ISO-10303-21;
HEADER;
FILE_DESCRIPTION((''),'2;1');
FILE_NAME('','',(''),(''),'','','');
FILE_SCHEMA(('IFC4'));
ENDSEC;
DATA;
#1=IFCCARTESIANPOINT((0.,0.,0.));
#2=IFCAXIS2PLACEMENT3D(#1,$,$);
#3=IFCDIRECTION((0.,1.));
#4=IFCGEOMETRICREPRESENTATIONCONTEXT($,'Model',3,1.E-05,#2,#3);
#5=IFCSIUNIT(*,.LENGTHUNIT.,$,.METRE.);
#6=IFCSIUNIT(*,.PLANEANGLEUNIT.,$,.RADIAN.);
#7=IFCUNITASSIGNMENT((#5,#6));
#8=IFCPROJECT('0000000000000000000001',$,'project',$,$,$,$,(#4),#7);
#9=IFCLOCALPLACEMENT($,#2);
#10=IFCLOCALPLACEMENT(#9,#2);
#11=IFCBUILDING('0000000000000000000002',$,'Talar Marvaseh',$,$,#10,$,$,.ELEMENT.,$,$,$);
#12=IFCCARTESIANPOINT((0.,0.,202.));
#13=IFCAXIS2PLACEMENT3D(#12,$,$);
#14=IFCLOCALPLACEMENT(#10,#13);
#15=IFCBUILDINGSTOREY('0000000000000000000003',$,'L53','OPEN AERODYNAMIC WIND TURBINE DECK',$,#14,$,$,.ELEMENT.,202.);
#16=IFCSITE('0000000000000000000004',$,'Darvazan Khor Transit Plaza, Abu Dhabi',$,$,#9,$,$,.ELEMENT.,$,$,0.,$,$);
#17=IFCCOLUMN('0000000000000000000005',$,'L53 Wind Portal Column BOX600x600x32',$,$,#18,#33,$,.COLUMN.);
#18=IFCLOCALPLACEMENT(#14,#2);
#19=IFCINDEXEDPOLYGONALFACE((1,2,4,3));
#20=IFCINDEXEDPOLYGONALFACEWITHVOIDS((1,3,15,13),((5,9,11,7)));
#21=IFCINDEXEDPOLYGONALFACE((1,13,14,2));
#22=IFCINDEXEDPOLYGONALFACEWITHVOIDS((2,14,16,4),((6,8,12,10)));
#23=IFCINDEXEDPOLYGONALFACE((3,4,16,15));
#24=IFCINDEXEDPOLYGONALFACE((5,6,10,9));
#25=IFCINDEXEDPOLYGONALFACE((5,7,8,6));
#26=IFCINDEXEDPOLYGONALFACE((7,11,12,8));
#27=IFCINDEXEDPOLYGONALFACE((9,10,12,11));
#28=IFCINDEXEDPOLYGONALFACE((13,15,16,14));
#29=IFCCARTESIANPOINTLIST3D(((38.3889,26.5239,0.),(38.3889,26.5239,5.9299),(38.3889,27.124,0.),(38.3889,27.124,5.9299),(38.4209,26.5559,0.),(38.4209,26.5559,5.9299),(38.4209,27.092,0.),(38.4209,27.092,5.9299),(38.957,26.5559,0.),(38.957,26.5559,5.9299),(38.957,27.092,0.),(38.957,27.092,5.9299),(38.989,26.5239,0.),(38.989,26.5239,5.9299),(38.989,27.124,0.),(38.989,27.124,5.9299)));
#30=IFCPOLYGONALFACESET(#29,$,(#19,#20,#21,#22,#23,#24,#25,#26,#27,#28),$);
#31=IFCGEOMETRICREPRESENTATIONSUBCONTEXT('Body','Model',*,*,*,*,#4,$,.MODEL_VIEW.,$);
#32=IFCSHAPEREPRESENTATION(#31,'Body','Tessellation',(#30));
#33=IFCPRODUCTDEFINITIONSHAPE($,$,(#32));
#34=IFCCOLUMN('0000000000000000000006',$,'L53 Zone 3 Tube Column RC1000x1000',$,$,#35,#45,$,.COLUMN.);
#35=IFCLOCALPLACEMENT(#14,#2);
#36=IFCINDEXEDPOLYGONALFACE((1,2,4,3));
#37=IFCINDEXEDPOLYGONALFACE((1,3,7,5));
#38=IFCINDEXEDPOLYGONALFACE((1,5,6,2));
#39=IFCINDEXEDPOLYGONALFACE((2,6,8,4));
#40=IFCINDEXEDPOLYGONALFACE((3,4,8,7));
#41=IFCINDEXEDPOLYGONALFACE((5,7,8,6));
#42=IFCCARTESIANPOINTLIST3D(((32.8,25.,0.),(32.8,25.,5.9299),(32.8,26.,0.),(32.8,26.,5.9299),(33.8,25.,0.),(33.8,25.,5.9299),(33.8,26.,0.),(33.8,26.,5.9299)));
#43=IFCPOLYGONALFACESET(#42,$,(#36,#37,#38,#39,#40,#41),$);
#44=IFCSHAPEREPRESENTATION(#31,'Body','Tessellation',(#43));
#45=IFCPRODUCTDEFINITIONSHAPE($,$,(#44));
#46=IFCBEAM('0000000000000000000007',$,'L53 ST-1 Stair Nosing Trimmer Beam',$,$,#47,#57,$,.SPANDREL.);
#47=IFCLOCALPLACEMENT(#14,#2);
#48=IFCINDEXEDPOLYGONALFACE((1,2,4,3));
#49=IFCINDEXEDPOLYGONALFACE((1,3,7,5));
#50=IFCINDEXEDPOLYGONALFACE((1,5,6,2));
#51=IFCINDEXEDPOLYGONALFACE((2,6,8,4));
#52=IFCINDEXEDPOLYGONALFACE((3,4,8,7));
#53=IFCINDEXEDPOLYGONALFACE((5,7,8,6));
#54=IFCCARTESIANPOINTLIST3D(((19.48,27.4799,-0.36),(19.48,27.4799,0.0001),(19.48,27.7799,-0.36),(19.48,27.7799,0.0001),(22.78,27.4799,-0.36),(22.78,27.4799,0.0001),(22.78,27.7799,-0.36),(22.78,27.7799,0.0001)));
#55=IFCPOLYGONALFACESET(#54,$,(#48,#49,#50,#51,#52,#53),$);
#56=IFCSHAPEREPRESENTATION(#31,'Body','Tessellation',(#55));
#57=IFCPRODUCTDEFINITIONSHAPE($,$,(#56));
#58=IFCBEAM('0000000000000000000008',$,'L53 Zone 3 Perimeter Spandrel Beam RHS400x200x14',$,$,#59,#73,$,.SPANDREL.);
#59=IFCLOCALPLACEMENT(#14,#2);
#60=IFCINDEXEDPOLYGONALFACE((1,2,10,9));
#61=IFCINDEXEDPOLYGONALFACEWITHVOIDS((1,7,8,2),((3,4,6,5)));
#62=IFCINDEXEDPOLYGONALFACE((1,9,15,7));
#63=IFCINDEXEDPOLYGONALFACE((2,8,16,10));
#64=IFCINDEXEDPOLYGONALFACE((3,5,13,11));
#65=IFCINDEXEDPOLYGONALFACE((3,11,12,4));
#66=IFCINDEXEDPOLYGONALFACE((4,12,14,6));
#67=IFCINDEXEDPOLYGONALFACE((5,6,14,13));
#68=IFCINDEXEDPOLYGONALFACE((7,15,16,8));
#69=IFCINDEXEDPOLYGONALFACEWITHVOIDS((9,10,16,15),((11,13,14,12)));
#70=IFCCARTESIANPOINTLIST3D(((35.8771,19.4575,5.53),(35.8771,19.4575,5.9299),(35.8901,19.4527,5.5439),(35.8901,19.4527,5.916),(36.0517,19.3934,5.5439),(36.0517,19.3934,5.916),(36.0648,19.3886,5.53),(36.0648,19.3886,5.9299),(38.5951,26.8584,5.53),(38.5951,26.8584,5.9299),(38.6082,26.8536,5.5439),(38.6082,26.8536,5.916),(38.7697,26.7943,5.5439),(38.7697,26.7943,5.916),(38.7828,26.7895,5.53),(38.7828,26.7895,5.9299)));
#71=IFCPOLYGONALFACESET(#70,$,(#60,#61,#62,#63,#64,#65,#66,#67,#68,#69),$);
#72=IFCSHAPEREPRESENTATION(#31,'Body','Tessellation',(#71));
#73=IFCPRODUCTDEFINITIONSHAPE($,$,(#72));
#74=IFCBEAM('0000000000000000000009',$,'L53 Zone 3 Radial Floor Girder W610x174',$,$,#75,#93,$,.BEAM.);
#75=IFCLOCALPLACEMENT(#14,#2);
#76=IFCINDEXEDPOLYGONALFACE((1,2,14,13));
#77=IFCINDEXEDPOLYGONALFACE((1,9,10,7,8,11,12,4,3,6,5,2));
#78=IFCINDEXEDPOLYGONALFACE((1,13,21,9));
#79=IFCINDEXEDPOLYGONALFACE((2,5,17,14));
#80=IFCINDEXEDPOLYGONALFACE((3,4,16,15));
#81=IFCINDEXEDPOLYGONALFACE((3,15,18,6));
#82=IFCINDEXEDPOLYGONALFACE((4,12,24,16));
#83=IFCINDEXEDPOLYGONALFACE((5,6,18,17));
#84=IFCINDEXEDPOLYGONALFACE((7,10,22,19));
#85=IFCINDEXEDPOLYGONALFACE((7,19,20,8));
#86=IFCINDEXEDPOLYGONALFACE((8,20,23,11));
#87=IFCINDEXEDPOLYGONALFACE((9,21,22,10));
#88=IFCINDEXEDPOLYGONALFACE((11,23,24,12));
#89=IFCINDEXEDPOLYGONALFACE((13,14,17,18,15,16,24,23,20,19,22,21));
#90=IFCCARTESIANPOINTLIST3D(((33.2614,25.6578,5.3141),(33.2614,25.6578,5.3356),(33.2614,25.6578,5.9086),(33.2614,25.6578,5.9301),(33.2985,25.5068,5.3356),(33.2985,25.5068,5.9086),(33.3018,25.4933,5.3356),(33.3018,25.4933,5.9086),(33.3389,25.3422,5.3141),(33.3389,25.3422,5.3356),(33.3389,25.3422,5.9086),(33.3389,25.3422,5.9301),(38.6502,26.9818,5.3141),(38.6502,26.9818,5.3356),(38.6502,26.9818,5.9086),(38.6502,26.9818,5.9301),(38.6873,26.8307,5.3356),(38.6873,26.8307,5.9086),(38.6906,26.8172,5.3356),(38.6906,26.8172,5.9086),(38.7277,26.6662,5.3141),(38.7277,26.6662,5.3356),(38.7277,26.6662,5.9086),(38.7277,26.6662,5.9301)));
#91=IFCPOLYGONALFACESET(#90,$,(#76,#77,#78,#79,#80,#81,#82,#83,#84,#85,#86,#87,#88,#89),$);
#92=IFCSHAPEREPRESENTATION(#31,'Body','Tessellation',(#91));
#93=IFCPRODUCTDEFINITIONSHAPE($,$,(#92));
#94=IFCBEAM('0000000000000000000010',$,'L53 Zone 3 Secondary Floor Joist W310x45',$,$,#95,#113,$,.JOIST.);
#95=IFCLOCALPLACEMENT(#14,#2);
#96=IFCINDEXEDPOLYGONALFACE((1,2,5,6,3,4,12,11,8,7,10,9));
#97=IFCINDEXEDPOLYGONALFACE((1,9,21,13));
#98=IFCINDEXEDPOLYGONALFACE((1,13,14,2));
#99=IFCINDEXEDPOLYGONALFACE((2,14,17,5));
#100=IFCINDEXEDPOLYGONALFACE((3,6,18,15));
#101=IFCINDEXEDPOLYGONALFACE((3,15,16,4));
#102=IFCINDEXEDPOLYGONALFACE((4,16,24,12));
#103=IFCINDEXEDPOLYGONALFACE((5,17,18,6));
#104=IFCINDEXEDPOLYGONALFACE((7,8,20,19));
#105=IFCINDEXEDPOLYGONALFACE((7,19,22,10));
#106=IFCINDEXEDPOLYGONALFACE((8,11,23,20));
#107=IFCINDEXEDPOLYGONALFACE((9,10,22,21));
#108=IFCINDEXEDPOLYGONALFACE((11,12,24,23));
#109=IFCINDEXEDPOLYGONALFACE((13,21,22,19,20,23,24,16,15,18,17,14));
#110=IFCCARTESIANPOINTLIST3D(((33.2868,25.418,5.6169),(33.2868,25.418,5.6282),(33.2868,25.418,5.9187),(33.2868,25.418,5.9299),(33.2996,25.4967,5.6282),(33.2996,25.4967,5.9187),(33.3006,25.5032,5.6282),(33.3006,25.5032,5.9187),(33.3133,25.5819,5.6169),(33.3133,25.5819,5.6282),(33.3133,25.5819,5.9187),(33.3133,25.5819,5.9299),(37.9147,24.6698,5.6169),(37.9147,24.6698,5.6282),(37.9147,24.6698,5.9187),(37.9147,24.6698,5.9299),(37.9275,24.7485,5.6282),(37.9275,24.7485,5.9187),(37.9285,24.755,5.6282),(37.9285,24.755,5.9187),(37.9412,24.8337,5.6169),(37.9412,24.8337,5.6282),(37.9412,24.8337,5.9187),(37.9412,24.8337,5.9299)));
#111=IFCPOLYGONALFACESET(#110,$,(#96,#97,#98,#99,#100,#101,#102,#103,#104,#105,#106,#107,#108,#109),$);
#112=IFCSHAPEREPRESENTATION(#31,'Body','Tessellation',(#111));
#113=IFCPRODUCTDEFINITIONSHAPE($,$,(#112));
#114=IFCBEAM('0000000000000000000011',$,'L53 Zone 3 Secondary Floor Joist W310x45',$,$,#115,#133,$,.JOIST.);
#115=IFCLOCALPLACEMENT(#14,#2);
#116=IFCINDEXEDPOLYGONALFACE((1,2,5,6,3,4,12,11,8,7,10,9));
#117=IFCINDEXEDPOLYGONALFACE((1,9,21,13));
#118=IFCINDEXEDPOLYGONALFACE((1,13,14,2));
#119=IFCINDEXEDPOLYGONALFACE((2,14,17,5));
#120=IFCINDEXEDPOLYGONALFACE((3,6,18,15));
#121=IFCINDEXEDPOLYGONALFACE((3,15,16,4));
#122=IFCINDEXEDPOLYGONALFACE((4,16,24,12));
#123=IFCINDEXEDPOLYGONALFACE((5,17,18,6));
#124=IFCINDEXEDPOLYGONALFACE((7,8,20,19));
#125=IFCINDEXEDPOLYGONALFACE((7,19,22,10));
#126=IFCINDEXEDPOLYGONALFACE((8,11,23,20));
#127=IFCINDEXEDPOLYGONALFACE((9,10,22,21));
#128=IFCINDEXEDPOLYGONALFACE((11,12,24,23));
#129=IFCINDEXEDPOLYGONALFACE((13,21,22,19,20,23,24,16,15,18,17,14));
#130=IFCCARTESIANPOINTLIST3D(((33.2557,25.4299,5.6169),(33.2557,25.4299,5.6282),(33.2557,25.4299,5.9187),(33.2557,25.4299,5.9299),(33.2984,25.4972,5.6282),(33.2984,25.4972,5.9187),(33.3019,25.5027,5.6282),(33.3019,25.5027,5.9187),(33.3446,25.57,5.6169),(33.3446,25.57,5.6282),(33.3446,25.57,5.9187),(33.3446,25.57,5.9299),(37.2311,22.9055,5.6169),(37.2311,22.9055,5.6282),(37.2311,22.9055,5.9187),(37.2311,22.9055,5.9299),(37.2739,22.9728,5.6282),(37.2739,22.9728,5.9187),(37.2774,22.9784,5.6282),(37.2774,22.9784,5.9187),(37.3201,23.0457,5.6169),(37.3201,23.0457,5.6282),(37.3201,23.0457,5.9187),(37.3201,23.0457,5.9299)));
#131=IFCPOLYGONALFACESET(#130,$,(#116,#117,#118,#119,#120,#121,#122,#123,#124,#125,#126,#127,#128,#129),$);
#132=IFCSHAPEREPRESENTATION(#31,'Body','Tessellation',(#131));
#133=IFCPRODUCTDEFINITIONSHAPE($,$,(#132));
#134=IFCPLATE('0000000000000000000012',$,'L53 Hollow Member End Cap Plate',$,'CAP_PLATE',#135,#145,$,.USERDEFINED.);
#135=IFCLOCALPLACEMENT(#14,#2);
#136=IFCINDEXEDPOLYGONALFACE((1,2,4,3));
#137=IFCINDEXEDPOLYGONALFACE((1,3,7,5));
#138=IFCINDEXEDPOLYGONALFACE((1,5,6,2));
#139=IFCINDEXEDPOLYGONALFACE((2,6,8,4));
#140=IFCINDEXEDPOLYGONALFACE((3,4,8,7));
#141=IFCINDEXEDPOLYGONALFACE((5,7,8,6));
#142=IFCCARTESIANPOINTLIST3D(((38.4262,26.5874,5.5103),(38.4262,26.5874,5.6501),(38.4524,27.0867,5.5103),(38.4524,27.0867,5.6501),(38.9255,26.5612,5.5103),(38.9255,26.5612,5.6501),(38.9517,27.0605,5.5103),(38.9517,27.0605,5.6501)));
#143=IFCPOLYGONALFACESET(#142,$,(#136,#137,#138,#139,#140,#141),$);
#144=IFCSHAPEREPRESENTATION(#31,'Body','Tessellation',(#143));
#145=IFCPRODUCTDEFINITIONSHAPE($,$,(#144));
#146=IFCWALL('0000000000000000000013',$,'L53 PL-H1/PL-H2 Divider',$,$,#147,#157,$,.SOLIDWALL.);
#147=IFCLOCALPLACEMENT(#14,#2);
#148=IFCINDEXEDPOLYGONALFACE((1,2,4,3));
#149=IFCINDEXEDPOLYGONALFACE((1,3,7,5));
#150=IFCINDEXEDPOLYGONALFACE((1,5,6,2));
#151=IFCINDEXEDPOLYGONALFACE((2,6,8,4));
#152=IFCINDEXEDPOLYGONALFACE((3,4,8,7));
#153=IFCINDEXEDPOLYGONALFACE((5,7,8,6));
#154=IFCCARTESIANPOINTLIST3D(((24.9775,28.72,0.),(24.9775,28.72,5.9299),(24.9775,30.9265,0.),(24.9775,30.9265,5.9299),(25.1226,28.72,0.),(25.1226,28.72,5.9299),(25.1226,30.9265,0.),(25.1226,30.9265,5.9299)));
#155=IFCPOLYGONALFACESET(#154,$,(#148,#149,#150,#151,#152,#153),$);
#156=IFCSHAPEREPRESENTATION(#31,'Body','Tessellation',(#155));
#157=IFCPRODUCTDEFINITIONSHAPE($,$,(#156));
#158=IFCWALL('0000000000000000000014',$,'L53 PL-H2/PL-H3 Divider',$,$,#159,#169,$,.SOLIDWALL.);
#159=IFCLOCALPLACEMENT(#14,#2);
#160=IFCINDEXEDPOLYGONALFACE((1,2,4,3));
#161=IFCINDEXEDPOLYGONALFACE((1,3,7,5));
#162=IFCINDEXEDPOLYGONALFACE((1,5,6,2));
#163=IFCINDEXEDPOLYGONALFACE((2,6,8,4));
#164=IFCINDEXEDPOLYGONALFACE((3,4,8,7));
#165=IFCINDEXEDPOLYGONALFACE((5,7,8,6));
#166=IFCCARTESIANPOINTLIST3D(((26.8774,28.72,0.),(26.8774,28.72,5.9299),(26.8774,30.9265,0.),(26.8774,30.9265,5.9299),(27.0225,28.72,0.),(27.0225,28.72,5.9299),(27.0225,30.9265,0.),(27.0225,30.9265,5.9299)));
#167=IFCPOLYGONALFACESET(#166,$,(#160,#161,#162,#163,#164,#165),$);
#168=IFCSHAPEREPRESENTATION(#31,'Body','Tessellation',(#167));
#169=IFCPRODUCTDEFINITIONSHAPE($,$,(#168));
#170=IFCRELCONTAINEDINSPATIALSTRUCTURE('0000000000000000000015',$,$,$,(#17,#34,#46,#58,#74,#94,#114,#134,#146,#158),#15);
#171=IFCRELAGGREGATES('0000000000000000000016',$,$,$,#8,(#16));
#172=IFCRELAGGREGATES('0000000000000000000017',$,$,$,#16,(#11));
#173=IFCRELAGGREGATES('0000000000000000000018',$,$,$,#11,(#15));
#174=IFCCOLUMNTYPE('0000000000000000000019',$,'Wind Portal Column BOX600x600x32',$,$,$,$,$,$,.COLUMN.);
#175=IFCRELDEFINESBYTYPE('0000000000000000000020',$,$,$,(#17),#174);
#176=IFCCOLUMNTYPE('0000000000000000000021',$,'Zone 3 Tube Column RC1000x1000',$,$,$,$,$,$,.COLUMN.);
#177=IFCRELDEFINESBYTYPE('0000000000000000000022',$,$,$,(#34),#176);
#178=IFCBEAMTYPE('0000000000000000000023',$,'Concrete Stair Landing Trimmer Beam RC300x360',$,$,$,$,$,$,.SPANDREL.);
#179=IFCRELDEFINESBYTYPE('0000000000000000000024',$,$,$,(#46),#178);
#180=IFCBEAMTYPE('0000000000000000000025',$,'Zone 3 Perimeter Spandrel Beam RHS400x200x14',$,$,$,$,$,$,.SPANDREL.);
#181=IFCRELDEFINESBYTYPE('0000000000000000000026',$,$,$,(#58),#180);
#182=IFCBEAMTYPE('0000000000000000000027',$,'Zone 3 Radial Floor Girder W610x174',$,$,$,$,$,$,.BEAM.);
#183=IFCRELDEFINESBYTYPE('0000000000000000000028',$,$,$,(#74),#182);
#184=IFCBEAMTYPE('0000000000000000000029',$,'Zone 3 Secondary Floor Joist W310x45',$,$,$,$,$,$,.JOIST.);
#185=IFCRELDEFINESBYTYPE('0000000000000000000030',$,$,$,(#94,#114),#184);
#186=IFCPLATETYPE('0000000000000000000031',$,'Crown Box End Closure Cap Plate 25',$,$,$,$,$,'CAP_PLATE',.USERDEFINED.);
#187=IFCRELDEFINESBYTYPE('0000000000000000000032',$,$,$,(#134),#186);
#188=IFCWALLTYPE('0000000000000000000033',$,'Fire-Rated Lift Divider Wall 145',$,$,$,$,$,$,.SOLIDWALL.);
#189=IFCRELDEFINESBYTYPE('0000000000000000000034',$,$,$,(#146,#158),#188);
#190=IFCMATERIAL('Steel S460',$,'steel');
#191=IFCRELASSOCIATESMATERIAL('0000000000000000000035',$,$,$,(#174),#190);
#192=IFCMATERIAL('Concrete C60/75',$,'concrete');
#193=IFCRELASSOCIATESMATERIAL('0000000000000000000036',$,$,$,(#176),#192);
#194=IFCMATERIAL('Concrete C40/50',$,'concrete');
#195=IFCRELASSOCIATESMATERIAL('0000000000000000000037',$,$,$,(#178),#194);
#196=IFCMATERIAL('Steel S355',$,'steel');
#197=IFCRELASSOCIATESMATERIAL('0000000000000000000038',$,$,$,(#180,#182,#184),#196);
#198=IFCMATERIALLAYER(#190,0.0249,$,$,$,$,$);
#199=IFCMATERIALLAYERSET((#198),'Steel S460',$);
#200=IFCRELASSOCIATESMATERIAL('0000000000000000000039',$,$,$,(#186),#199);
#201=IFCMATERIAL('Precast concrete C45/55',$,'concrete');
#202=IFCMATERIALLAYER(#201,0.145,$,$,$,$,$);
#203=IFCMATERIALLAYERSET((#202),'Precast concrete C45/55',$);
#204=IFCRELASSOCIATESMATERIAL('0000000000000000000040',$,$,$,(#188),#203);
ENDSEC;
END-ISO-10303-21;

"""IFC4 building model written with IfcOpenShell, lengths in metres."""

from ifc_helpers import new_model, si_unit, direction, frame, frame_2d, origin, origin_2d, place, context, subcontext, project, spatial, rectangle, hollow_rectangle, i_section, extrude, source, transform, mapped, material, layer, layer_set, material_profile, profile_set, type_object, type_shapes, element, save


model = new_model("IFC4")

# Units and contexts
model_context = context("Model", 3, precision=1e-05, world=origin(), true_north=direction((0.0, 1.0)))
body_context = subcontext(model_context, "Body", "Model", "MODEL_VIEW")
ifc_project = project(units=[si_unit("LENGTHUNIT", "METRE"), si_unit("PLANEANGLEUNIT", "RADIAN")], contexts=[model_context])

# Site, building, storey
site_placement = place(None, origin())
site = spatial("IfcSite", under=ifc_project, at=site_placement, Name="Darvazan Khor Transit Plaza, Abu Dhabi", CompositionType="ELEMENT", RefElevation=0.0)
building_placement = place(site_placement, origin())
building = spatial("IfcBuilding", under=site, at=building_placement, Name="Talar Marvaseh", CompositionType="ELEMENT")
storey_placement = place(building_placement, frame((0.0, 0.0, 202.0)))
storey = spatial("IfcBuildingStorey", under=building, at=storey_placement, Name="L53", Description="OPEN AERODYNAMIC WIND TURBINE DECK", CompositionType="ELEMENT", Elevation=202.0)

# Columns
ifc_material_1 = material(Name="Steel S460", Category="steel")
ifc_material_profile_1 = material_profile(ifc_material_1, hollow_rectangle(XDim=0.6001, YDim=0.6001, WallThickness=0.032, at=origin_2d()), Name="BOX600x600x32")
ifc_profile_set_1 = profile_set([ifc_material_profile_1], Name="Steel S460")
column_type_1 = type_object("IfcColumnType", Name="Wind Portal Column BOX600x600x32", PredefinedType="COLUMN", material=ifc_profile_set_1)
column_1_placement = place(storey_placement, frame((38.689, 26.824, 0.0), z_axis=(0.0, 0.0, 1.0), x_axis=(1.0, 0.0, 0.0)))
element("IfcColumn", 1, at=column_1_placement, inside=storey, type_object=column_type_1, Name="L53 Wind Portal Column BOX600x600x32", PredefinedType="COLUMN", context=body_context, shape_type="SweptSolid", body=[
    extrude(hollow_rectangle(XDim=0.6001, YDim=0.6001, WallThickness=0.032, at=origin_2d()), origin(), (0.0, 0.0, 1.0), 5.9299),
])
ifc_material_2 = material(Name="Concrete C60/75", Category="concrete")
ifc_material_profile_2 = material_profile(ifc_material_2, rectangle(XDim=1.0, YDim=1.0, at=origin_2d()), Name="RC1000x1000")
ifc_profile_set_2 = profile_set([ifc_material_profile_2], Name="Concrete C60/75")
column_type_2 = type_object("IfcColumnType", Name="Zone 3 Tube Column RC1000x1000", PredefinedType="COLUMN", material=ifc_profile_set_2)
column_2_placement = place(storey_placement, frame((33.3, 25.5, 0.0), z_axis=(0.0, 0.0, 1.0), x_axis=(1.0, 0.0, 0.0)))
element("IfcColumn", 2, at=column_2_placement, inside=storey, type_object=column_type_2, Name="L53 Zone 3 Tube Column RC1000x1000", PredefinedType="COLUMN", context=body_context, shape_type="SweptSolid", body=[
    extrude(rectangle(XDim=1.0, YDim=1.0, at=origin_2d()), origin(), (0.0, 0.0, 1.0), 5.9299),
])

# Beams
ifc_material_3 = material(Name="Concrete C40/50", Category="concrete")
ifc_material_profile_3 = material_profile(ifc_material_3, rectangle(XDim=0.3, YDim=0.3601, at=origin_2d()), Name="RC300x360")
ifc_profile_set_3 = profile_set([ifc_material_profile_3], Name="Concrete C40/50")
beam_type_1 = type_object("IfcBeamType", Name="Concrete Stair Landing Trimmer Beam RC300x360", PredefinedType="SPANDREL", material=ifc_profile_set_3)
beam_1_placement = place(storey_placement, frame((22.78, 27.6299, -0.1799), z_axis=(-1.0, 0.0, 0.0), x_axis=(0.0, -1.0, 0.0)))
element("IfcBeam", 3, at=beam_1_placement, inside=storey, type_object=beam_type_1, Name="L53 ST-1 Stair Nosing Trimmer Beam", PredefinedType="SPANDREL", context=body_context, shape_type="SweptSolid", body=[
    extrude(rectangle(XDim=0.3, YDim=0.3601, at=origin_2d()), origin(), (0.0, 0.0, 1.0), 3.3),
])
ifc_material_4 = material(Name="Steel S355", Category="steel")
ifc_material_profile_4 = material_profile(ifc_material_4, hollow_rectangle(XDim=0.2, YDim=0.3999, WallThickness=0.0139, at=origin_2d()), Name="RHS400x200x14")
ifc_profile_set_4 = profile_set([ifc_material_profile_4], Name="Steel S355")
beam_type_2 = type_object("IfcBeamType", Name="Zone 3 Perimeter Spandrel Beam RHS400x200x14", PredefinedType="SPANDREL", material=ifc_profile_set_4)
beam_2_placement = place(storey_placement, frame((38.689, 26.824, 5.73), z_axis=(-0.344742, -0.938697, 0.0), x_axis=(0.938697, -0.344742, 0.0)))
element("IfcBeam", 4, at=beam_2_placement, inside=storey, type_object=beam_type_2, Name="L53 Zone 3 Perimeter Spandrel Beam RHS400x200x14", PredefinedType="SPANDREL", context=body_context, shape_type="SweptSolid", body=[
    extrude(hollow_rectangle(XDim=0.2, YDim=0.3999, WallThickness=0.0139, at=origin_2d()), origin(), (0.0, 0.0, 1.0), 7.8843),
])
ifc_material_profile_5 = material_profile(ifc_material_4, i_section(OverallWidth=0.325, OverallDepth=0.616, WebThickness=0.0139, FlangeThickness=0.0215, at=origin_2d()), Name="W610x174")
ifc_profile_set_5 = profile_set([ifc_material_profile_5], Name="Steel S355")
beam_type_3 = type_object("IfcBeamType", Name="Zone 3 Radial Floor Girder W610x174", PredefinedType="BEAM", material=ifc_profile_set_5)
beam_3_placement = place(storey_placement, frame((38.689, 26.824, 5.6221), z_axis=(-0.971121, -0.23859, 0.0), x_axis=(0.23859, -0.971121, 0.0)))
element("IfcBeam", 5, at=beam_3_placement, inside=storey, type_object=beam_type_3, Name="L53 Zone 3 Radial Floor Girder W610x174", PredefinedType="BEAM", context=body_context, shape_type="SweptSolid", body=[
    extrude(i_section(OverallWidth=0.325, OverallDepth=0.616, WebThickness=0.0139, FlangeThickness=0.0215, at=origin_2d()), origin(), (0.0, 0.0, 1.0), 5.5491),
])
ifc_material_profile_6 = material_profile(ifc_material_4, i_section(OverallWidth=0.166, OverallDepth=0.313, WebThickness=0.0066, FlangeThickness=0.0112, at=origin_2d()), Name="W310x45")
ifc_profile_set_6 = profile_set([ifc_material_profile_6], Name="Steel S355")
beam_type_4 = type_object("IfcBeamType", Name="Zone 3 Secondary Floor Joist W310x45", PredefinedType="JOIST", material=ifc_profile_set_6)
beam_4_placement = place(storey_placement, frame((37.928, 24.7517, 5.7734), z_axis=(-0.987179, 0.159617, 0.0), x_axis=(-0.159617, -0.987179, 0.0)))
element("IfcBeam", 6, at=beam_4_placement, inside=storey, type_object=beam_type_4, Name="L53 Zone 3 Secondary Floor Joist W310x45", PredefinedType="JOIST", context=body_context, shape_type="SweptSolid", body=[
    extrude(i_section(OverallWidth=0.166, OverallDepth=0.313, WebThickness=0.0066, FlangeThickness=0.0112, at=origin_2d()), origin(), (0.0, 0.0, 1.0), 4.688),
])
beam_5_placement = place(storey_placement, frame((37.2756, 22.9756, 5.7734), z_axis=(-0.84419, 0.536043, 0.0), x_axis=(-0.536043, -0.84419, 0.0)))
element("IfcBeam", 7, at=beam_5_placement, inside=storey, type_object=beam_type_4, Name="L53 Zone 3 Secondary Floor Joist W310x45", PredefinedType="JOIST", context=body_context, shape_type="SweptSolid", body=[
    extrude(i_section(OverallWidth=0.166, OverallDepth=0.313, WebThickness=0.0066, FlangeThickness=0.0112, at=origin_2d()), origin(), (0.0, 0.0, 1.0), 4.7092),
])

# Plate
ifc_layer_1 = layer(ifc_material_1, 0.0249)
ifc_layer_set_1 = layer_set([ifc_layer_1], Name="Steel S460")
plate_type = type_object("IfcPlateType", Name="Crown Box End Closure Cap Plate 25", ElementType="CAP_PLATE", PredefinedType="USERDEFINED", material=ifc_layer_set_1)
shared_shape_1 = source(origin(), body_context, "Body", "SweptSolid", [
    extrude(rectangle(XDim=0.5, YDim=0.5, at=origin_2d()), origin(), (0.0, 0.0, 1.0), 0.1399),
])
type_shapes(plate_type, [shared_shape_1])
plate_placement = place(storey_placement, frame((38.689, 26.824, 5.5103), z_axis=(0.0, 0.0, 1.0), x_axis=(-0.052336, -0.99863, 0.0)))
element("IfcPlate", 8, at=plate_placement, inside=storey, type_object=plate_type, Name="L53 Hollow Member End Cap Plate", ObjectType="CAP_PLATE", PredefinedType="USERDEFINED", context=body_context, shape_type="MappedRepresentation", body=[
    mapped(shared_shape_1, transform((0.0, 0.0, 0.0), x_axis=(1.0, 0.0, 0.0), y_axis=(0.0, 1.0, 0.0), z_axis=(0.0, 0.0, 1.0), scale=1.0)),
])

# Walls
ifc_material_5 = material(Name="Precast concrete C45/55", Category="concrete")
ifc_layer_2 = layer(ifc_material_5, 0.145)
ifc_layer_set_2 = layer_set([ifc_layer_2], Name="Precast concrete C45/55")
wall_type_1 = type_object("IfcWallType", Name="Fire-Rated Lift Divider Wall 145", PredefinedType="SOLIDWALL", material=ifc_layer_set_2)
for number, where, z_axis, x_axis, name in (
    (9, (25.05, 28.72, 0.0), (0.0, 0.0, 1.0), (0.0, 1.0, 0.0), "L53 PL-H1/PL-H2 Divider"),
    (10, (26.95, 28.72, 0.0), (0.0, 0.0, 1.0), (0.0, 1.0, 0.0), "L53 PL-H2/PL-H3 Divider"),
):
    element("IfcWall", number, at=place(storey_placement, frame(where, z_axis=z_axis, x_axis=x_axis)), inside=storey, type_object=wall_type_1, Name=name, PredefinedType="SOLIDWALL", context=body_context, shape_type="SweptSolid", body=[
        extrude(rectangle(XDim=2.2065, YDim=0.145, at=frame_2d((1.1033, 0.0))), origin(), (0.0, 0.0, 1.0), 5.9299),
    ])

save(model, "model.ifc")
